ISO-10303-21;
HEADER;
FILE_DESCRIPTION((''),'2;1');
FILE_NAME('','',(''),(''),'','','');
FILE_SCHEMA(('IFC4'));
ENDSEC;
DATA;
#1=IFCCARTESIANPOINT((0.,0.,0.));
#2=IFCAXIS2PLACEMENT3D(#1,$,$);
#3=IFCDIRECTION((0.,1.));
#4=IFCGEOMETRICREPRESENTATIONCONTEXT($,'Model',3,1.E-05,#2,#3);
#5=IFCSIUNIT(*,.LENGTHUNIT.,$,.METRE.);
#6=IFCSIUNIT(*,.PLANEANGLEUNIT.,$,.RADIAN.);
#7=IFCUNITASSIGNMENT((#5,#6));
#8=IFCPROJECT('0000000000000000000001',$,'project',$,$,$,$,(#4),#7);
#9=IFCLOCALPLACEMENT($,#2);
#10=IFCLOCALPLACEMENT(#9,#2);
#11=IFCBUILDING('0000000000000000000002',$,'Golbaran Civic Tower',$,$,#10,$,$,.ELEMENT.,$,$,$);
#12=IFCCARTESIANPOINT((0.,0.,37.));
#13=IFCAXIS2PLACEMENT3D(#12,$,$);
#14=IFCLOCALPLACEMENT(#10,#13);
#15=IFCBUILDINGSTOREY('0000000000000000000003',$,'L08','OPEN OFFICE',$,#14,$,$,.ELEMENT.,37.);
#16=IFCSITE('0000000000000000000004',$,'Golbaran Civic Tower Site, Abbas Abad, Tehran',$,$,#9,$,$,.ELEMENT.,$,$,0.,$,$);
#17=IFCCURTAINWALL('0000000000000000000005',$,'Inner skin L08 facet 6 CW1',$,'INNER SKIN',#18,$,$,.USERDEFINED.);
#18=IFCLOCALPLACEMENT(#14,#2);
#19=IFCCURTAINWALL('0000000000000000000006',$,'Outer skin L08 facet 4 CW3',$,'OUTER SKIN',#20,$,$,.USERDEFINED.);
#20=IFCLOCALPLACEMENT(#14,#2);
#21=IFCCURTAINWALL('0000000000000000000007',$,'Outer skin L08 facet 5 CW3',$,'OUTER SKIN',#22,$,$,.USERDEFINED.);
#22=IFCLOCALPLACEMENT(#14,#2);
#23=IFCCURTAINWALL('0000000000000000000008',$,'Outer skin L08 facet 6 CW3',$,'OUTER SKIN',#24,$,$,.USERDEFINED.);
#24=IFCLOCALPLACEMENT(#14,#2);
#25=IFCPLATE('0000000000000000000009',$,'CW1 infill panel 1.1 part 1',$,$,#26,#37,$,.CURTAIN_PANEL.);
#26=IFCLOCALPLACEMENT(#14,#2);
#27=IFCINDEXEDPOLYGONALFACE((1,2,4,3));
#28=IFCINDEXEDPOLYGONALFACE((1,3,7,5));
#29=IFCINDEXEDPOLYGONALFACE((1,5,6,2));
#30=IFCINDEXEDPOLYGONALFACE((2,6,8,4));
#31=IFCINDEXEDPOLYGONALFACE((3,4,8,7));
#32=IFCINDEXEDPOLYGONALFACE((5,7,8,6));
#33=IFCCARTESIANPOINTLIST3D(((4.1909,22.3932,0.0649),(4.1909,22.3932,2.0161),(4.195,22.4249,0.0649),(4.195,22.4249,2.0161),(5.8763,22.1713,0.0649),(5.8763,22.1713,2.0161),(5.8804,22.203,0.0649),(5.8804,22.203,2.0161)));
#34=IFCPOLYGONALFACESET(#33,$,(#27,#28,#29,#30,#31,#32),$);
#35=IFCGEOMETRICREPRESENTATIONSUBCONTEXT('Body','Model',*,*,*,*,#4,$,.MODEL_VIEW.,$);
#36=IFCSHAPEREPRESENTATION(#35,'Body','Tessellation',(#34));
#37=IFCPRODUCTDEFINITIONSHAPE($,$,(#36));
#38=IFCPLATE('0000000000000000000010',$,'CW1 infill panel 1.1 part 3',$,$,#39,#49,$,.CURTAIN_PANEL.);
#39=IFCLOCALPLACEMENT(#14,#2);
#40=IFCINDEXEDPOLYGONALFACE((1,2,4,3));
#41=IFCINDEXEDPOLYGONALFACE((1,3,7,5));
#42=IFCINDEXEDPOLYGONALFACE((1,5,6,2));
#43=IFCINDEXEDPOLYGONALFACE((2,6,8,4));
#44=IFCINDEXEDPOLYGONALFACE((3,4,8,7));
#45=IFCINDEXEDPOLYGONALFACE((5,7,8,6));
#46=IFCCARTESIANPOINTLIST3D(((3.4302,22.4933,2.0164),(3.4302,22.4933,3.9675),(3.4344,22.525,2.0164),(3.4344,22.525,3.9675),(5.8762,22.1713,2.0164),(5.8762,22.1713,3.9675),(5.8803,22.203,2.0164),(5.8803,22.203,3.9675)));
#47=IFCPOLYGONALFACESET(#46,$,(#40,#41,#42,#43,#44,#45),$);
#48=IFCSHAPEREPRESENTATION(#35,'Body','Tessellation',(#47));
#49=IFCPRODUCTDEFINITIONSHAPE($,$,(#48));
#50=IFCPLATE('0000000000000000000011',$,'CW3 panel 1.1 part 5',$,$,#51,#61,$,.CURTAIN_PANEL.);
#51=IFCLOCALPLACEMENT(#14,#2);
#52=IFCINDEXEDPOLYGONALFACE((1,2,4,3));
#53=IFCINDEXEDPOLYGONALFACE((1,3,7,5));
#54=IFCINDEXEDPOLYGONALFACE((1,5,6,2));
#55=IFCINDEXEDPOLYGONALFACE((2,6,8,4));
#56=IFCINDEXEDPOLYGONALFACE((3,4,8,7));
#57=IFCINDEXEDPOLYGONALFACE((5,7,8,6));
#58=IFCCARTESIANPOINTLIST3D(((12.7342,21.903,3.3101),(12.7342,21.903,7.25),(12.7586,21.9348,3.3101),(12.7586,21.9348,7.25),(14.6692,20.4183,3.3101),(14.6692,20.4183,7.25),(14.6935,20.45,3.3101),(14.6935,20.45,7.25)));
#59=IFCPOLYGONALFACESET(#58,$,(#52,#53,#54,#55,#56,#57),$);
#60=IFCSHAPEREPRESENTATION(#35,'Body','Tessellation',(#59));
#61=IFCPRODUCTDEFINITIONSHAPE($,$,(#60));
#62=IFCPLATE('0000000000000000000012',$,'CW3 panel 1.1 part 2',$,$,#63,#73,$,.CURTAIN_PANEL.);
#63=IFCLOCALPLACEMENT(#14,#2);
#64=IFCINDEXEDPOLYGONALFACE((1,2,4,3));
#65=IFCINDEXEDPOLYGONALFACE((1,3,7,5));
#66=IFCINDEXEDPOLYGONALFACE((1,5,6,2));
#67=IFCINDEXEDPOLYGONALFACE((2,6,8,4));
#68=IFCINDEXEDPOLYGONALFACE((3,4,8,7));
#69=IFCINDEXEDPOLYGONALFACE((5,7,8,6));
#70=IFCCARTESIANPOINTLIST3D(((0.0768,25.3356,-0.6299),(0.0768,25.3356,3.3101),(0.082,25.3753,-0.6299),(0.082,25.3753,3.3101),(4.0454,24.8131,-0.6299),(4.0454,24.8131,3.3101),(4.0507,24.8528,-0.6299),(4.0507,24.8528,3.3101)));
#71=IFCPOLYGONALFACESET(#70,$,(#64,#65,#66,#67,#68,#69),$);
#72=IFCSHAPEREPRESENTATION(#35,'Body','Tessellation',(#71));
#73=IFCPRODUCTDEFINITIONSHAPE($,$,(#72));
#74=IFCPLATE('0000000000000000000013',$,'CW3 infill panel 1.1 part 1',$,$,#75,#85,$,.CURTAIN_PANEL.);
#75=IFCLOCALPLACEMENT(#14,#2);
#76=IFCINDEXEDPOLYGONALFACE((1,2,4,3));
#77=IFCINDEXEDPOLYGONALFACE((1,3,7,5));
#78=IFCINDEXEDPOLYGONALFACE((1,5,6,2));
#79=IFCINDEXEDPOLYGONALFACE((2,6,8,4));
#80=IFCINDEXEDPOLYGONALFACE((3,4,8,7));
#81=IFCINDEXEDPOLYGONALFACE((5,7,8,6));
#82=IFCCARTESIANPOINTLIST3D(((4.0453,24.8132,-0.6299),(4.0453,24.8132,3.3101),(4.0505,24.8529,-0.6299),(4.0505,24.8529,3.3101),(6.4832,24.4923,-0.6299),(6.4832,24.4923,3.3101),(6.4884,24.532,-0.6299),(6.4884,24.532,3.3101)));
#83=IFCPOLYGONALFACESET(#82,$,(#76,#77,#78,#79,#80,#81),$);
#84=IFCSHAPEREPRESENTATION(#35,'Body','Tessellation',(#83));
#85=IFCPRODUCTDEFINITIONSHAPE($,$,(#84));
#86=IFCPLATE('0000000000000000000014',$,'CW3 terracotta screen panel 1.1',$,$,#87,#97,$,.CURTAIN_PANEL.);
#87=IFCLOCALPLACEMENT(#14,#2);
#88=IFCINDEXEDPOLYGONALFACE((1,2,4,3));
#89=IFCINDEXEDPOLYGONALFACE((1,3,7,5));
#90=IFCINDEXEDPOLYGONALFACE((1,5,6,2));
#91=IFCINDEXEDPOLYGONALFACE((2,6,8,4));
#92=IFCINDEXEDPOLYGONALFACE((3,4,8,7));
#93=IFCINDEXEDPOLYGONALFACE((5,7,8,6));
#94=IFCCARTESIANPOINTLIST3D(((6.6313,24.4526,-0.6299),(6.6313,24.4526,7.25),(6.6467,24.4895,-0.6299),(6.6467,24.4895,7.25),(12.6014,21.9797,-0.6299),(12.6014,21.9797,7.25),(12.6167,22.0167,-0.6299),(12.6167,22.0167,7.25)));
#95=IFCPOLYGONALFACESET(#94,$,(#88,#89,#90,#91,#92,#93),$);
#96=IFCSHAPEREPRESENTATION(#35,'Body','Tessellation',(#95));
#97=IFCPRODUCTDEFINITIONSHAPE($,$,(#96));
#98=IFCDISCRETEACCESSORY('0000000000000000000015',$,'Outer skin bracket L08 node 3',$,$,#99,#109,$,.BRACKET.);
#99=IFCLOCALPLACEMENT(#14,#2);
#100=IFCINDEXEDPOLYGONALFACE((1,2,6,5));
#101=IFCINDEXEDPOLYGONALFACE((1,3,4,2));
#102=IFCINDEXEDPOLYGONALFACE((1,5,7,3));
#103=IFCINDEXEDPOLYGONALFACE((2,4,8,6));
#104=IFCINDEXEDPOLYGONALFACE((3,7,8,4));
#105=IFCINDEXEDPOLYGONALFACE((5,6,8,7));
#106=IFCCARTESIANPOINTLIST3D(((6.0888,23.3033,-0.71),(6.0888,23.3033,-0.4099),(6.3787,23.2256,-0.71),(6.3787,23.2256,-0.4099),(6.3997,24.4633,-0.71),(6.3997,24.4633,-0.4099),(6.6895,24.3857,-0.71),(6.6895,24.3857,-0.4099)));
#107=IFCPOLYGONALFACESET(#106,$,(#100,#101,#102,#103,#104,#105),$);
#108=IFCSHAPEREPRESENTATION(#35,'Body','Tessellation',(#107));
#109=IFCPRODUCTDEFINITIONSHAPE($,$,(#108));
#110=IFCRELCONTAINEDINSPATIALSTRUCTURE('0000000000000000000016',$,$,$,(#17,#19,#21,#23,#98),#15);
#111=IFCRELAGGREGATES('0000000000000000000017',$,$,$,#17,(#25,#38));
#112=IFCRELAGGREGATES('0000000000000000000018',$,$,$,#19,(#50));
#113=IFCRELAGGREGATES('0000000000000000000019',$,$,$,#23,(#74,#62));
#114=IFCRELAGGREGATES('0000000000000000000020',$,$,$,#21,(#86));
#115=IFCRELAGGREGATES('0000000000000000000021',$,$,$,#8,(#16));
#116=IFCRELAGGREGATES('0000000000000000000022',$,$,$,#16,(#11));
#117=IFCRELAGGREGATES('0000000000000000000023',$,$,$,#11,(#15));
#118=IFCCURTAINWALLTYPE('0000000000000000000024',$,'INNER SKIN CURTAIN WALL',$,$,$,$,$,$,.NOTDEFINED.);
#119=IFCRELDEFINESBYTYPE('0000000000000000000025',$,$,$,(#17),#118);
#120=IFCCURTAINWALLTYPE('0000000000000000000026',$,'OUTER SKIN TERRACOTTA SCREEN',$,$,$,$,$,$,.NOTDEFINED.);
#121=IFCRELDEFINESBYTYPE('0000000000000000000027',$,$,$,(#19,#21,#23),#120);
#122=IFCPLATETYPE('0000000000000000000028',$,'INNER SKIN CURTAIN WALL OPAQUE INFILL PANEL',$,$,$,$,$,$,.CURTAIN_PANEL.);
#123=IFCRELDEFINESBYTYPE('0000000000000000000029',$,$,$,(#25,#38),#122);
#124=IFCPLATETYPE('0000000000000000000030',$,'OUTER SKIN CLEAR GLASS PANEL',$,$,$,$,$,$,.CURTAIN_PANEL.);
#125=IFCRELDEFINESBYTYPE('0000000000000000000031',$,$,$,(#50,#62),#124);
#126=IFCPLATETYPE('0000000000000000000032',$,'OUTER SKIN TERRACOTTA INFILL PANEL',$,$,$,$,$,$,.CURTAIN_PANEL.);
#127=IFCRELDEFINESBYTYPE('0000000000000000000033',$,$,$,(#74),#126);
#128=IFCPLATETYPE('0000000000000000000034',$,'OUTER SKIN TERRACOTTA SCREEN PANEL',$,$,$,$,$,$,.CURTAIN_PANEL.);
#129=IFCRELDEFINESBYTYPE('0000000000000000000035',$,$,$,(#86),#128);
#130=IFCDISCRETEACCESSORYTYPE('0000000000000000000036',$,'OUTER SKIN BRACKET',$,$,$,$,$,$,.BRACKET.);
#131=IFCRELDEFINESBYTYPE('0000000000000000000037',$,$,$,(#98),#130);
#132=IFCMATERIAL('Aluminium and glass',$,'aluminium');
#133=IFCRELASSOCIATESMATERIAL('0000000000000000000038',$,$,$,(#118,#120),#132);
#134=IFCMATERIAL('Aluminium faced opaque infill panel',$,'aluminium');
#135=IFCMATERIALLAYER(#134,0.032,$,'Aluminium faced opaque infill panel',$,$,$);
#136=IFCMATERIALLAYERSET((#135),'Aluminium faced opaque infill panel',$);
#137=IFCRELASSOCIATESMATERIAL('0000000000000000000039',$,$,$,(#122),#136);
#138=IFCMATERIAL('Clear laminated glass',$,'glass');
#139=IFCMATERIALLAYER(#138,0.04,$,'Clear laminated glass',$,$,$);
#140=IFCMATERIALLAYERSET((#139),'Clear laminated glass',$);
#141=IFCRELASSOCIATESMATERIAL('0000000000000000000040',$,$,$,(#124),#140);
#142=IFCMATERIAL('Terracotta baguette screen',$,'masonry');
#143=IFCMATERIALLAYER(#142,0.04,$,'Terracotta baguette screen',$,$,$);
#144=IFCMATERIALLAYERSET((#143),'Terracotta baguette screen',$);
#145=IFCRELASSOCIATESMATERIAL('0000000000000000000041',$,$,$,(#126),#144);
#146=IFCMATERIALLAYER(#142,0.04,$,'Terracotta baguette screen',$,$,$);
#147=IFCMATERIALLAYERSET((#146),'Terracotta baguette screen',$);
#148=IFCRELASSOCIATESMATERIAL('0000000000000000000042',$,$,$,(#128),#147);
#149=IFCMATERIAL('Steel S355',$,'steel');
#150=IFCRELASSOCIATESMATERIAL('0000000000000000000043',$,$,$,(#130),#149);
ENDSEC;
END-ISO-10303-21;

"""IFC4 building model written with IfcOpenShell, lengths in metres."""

from ifc_helpers import new_model, si_unit, direction, frame, origin, origin_2d, place, context, subcontext, project, spatial, rectangle, extrude, material, layer, layer_set, type_object, element, aggregate, save


model = new_model("IFC4")

# Units and contexts
model_context = context("Model", 3, precision=1e-05, world=origin(), true_north=direction((0.0, 1.0)))
body_context = subcontext(model_context, "Body", "Model", "MODEL_VIEW")
ifc_project = project(units=[si_unit("LENGTHUNIT", "METRE"), si_unit("PLANEANGLEUNIT", "RADIAN")], contexts=[model_context])

# Site, building, storey
site_placement = place(None, origin())
site = spatial("IfcSite", under=ifc_project, at=site_placement, Name="Golbaran Civic Tower Site, Abbas Abad, Tehran", CompositionType="ELEMENT", RefElevation=0.0)
building_placement = place(site_placement, origin())
building = spatial("IfcBuilding", under=site, at=building_placement, Name="Golbaran Civic Tower", CompositionType="ELEMENT")
storey_placement = place(building_placement, frame((0.0, 0.0, 37.0)))
storey = spatial("IfcBuildingStorey", under=building, at=storey_placement, Name="L08", Description="OPEN OFFICE", CompositionType="ELEMENT", Elevation=37.0)

# Shared definitions
ifc_material_1 = material(Name="Steel S355", Category="steel")

# Shared definitions
ifc_material_2 = material(Name="Aluminium and glass", Category="aluminium")
curtain_wall_type_1 = type_object("IfcCurtainWallType", Name="INNER SKIN CURTAIN WALL", PredefinedType="NOTDEFINED", material=ifc_material_2)

# Curtain wall
curtain_wall_1_placement = place(storey_placement, origin())
curtain_wall_1 = element("IfcCurtainWall", 1, at=curtain_wall_1_placement, inside=storey, type_object=curtain_wall_type_1, Name="Inner skin L08 facet 6 CW1", ObjectType="INNER SKIN", PredefinedType="USERDEFINED")

# Curtain wall
curtain_wall_type_2 = type_object("IfcCurtainWallType", Name="OUTER SKIN TERRACOTTA SCREEN", PredefinedType="NOTDEFINED", material=ifc_material_2)
curtain_wall_2_placement = place(storey_placement, origin())
curtain_wall_2 = element("IfcCurtainWall", 2, at=curtain_wall_2_placement, inside=storey, type_object=curtain_wall_type_2, Name="Outer skin L08 facet 4 CW3", ObjectType="OUTER SKIN", PredefinedType="USERDEFINED")

# Curtain walls
curtain_wall_3_placement = place(storey_placement, origin())
curtain_wall_3 = element("IfcCurtainWall", 3, at=curtain_wall_3_placement, inside=storey, type_object=curtain_wall_type_2, Name="Outer skin L08 facet 5 CW3", ObjectType="OUTER SKIN", PredefinedType="USERDEFINED")
curtain_wall_4_placement = place(storey_placement, origin())
curtain_wall_4 = element("IfcCurtainWall", 4, at=curtain_wall_4_placement, inside=storey, type_object=curtain_wall_type_2, Name="Outer skin L08 facet 6 CW3", ObjectType="OUTER SKIN", PredefinedType="USERDEFINED")

# Plates
ifc_material_3 = material(Name="Aluminium faced opaque infill panel", Category="aluminium")
ifc_layer_1 = layer(ifc_material_3, 0.032, Name="Aluminium faced opaque infill panel")
ifc_layer_set_1 = layer_set([ifc_layer_1], Name="Aluminium faced opaque infill panel")
plate_type_1 = type_object("IfcPlateType", Name="INNER SKIN CURTAIN WALL OPAQUE INFILL PANEL", PredefinedType="CURTAIN_PANEL", material=ifc_layer_set_1)
plate_1_placement = place(storey_placement, frame((5.0356, 22.2981, 0.0649), z_axis=(0.0, 0.0, 1.0), x_axis=(-0.991445, 0.130526, 0.0)))
plate_1 = element("IfcPlate", 5, at=plate_1_placement, type_object=plate_type_1, Name="CW1 infill panel 1.1 part 1", PredefinedType="CURTAIN_PANEL", context=body_context, shape_type="SweptSolid", body=[
    extrude(rectangle(XDim=1.7, YDim=0.032, at=origin_2d()), origin(), (0.0, 0.0, 1.0), 1.9512),
])
plate_2_placement = place(storey_placement, frame((4.6553, 22.3481, 2.0164), z_axis=(0.0, 0.0, 1.0), x_axis=(-0.991445, 0.130526, 0.0)))
plate_2 = element("IfcPlate", 6, at=plate_2_placement, type_object=plate_type_1, Name="CW1 infill panel 1.1 part 3", PredefinedType="CURTAIN_PANEL", context=body_context, shape_type="SweptSolid", body=[
    extrude(rectangle(XDim=2.467, YDim=0.032, at=origin_2d()), origin(), (0.0, 0.0, 1.0), 1.9512),
])
aggregate(curtain_wall_1, [plate_1, plate_2])
ifc_material_4 = material(Name="Clear laminated glass", Category="glass")
ifc_layer_2 = layer(ifc_material_4, 0.04, Name="Clear laminated glass")
ifc_layer_set_2 = layer_set([ifc_layer_2], Name="Clear laminated glass")
plate_type_2 = type_object("IfcPlateType", Name="OUTER SKIN CLEAR GLASS PANEL", PredefinedType="CURTAIN_PANEL", material=ifc_layer_set_2)
plate_3_placement = place(storey_placement, frame((13.7139, 21.1765, 3.3101), z_axis=(0.0, 0.0, 1.0), x_axis=(-0.793353, 0.608761, 0.0)))
plate_3 = element("IfcPlate", 7, at=plate_3_placement, type_object=plate_type_2, Name="CW3 panel 1.1 part 5", PredefinedType="CURTAIN_PANEL", context=body_context, shape_type="SweptSolid", body=[
    extrude(rectangle(XDim=2.439, YDim=0.04, at=origin_2d()), origin(), (0.0, 0.0, 1.0), 3.9399),
])
aggregate(curtain_wall_2, [plate_3])
plate_4_placement = place(storey_placement, frame((2.0637, 25.0942, -0.6299), z_axis=(0.0, 0.0, 1.0), x_axis=(-0.991445, 0.130526, 0.0)))
plate_4 = element("IfcPlate", 8, at=plate_4_placement, type_object=plate_type_2, Name="CW3 panel 1.1 part 2", PredefinedType="CURTAIN_PANEL", context=body_context, shape_type="SweptSolid", body=[
    extrude(rectangle(XDim=4.0029, YDim=0.04, at=origin_2d()), origin(), (0.0, 0.0, 1.0), 3.9399),
])
ifc_material_5 = material(Name="Terracotta baguette screen", Category="masonry")
ifc_layer_3 = layer(ifc_material_5, 0.04, Name="Terracotta baguette screen")
ifc_layer_set_3 = layer_set([ifc_layer_3], Name="Terracotta baguette screen")
plate_type_3 = type_object("IfcPlateType", Name="OUTER SKIN TERRACOTTA INFILL PANEL", PredefinedType="CURTAIN_PANEL", material=ifc_layer_set_3)
plate_5_placement = place(storey_placement, frame((5.2668, 24.6726, -0.6299), z_axis=(0.0, 0.0, 1.0), x_axis=(-0.991445, 0.130526, 0.0)))
plate_5 = element("IfcPlate", 9, at=plate_5_placement, type_object=plate_type_3, Name="CW3 infill panel 1.1 part 1", PredefinedType="CURTAIN_PANEL", context=body_context, shape_type="SweptSolid", body=[
    extrude(rectangle(XDim=2.459, YDim=0.04, at=origin_2d()), origin(), (0.0, 0.0, 1.0), 3.9399),
])
aggregate(curtain_wall_4, [plate_5, plate_4])
ifc_layer_4 = layer(ifc_material_5, 0.04, Name="Terracotta baguette screen")
ifc_layer_set_4 = layer_set([ifc_layer_4], Name="Terracotta baguette screen")
plate_type_4 = type_object("IfcPlateType", Name="OUTER SKIN TERRACOTTA SCREEN PANEL", PredefinedType="CURTAIN_PANEL", material=ifc_layer_set_4)
plate_6_placement = place(storey_placement, frame((9.624, 23.2346, -0.6299), z_axis=(0.0, 0.0, 1.0), x_axis=(-0.92388, 0.382683, 0.0)))
plate_6 = element("IfcPlate", 10, at=plate_6_placement, type_object=plate_type_4, Name="CW3 terracotta screen panel 1.1", PredefinedType="CURTAIN_PANEL", context=body_context, shape_type="SweptSolid", body=[
    extrude(rectangle(XDim=6.4619, YDim=0.04, at=origin_2d()), origin(), (0.0, 0.0, 1.0), 7.8799),
])
aggregate(curtain_wall_3, [plate_6])

# Discrete accessory
discrete_accessory_type = type_object("IfcDiscreteAccessoryType", Name="OUTER SKIN BRACKET", PredefinedType="BRACKET", material=ifc_material_1)
discrete_accessory_placement = place(storey_placement, frame((6.3892, 23.8445, -0.71), z_axis=(0.0, 0.0, 1.0), x_axis=(0.258819, 0.965926, 0.0)))
element("IfcDiscreteAccessory", 11, at=discrete_accessory_placement, inside=storey, type_object=discrete_accessory_type, Name="Outer skin bracket L08 node 3", PredefinedType="BRACKET", context=body_context, shape_type="SweptSolid", body=[
    extrude(rectangle(XDim=1.2009, YDim=0.3, at=origin_2d()), origin(), (0.0, 0.0, 1.0), 0.3),
])

save(model, "model.ifc")
